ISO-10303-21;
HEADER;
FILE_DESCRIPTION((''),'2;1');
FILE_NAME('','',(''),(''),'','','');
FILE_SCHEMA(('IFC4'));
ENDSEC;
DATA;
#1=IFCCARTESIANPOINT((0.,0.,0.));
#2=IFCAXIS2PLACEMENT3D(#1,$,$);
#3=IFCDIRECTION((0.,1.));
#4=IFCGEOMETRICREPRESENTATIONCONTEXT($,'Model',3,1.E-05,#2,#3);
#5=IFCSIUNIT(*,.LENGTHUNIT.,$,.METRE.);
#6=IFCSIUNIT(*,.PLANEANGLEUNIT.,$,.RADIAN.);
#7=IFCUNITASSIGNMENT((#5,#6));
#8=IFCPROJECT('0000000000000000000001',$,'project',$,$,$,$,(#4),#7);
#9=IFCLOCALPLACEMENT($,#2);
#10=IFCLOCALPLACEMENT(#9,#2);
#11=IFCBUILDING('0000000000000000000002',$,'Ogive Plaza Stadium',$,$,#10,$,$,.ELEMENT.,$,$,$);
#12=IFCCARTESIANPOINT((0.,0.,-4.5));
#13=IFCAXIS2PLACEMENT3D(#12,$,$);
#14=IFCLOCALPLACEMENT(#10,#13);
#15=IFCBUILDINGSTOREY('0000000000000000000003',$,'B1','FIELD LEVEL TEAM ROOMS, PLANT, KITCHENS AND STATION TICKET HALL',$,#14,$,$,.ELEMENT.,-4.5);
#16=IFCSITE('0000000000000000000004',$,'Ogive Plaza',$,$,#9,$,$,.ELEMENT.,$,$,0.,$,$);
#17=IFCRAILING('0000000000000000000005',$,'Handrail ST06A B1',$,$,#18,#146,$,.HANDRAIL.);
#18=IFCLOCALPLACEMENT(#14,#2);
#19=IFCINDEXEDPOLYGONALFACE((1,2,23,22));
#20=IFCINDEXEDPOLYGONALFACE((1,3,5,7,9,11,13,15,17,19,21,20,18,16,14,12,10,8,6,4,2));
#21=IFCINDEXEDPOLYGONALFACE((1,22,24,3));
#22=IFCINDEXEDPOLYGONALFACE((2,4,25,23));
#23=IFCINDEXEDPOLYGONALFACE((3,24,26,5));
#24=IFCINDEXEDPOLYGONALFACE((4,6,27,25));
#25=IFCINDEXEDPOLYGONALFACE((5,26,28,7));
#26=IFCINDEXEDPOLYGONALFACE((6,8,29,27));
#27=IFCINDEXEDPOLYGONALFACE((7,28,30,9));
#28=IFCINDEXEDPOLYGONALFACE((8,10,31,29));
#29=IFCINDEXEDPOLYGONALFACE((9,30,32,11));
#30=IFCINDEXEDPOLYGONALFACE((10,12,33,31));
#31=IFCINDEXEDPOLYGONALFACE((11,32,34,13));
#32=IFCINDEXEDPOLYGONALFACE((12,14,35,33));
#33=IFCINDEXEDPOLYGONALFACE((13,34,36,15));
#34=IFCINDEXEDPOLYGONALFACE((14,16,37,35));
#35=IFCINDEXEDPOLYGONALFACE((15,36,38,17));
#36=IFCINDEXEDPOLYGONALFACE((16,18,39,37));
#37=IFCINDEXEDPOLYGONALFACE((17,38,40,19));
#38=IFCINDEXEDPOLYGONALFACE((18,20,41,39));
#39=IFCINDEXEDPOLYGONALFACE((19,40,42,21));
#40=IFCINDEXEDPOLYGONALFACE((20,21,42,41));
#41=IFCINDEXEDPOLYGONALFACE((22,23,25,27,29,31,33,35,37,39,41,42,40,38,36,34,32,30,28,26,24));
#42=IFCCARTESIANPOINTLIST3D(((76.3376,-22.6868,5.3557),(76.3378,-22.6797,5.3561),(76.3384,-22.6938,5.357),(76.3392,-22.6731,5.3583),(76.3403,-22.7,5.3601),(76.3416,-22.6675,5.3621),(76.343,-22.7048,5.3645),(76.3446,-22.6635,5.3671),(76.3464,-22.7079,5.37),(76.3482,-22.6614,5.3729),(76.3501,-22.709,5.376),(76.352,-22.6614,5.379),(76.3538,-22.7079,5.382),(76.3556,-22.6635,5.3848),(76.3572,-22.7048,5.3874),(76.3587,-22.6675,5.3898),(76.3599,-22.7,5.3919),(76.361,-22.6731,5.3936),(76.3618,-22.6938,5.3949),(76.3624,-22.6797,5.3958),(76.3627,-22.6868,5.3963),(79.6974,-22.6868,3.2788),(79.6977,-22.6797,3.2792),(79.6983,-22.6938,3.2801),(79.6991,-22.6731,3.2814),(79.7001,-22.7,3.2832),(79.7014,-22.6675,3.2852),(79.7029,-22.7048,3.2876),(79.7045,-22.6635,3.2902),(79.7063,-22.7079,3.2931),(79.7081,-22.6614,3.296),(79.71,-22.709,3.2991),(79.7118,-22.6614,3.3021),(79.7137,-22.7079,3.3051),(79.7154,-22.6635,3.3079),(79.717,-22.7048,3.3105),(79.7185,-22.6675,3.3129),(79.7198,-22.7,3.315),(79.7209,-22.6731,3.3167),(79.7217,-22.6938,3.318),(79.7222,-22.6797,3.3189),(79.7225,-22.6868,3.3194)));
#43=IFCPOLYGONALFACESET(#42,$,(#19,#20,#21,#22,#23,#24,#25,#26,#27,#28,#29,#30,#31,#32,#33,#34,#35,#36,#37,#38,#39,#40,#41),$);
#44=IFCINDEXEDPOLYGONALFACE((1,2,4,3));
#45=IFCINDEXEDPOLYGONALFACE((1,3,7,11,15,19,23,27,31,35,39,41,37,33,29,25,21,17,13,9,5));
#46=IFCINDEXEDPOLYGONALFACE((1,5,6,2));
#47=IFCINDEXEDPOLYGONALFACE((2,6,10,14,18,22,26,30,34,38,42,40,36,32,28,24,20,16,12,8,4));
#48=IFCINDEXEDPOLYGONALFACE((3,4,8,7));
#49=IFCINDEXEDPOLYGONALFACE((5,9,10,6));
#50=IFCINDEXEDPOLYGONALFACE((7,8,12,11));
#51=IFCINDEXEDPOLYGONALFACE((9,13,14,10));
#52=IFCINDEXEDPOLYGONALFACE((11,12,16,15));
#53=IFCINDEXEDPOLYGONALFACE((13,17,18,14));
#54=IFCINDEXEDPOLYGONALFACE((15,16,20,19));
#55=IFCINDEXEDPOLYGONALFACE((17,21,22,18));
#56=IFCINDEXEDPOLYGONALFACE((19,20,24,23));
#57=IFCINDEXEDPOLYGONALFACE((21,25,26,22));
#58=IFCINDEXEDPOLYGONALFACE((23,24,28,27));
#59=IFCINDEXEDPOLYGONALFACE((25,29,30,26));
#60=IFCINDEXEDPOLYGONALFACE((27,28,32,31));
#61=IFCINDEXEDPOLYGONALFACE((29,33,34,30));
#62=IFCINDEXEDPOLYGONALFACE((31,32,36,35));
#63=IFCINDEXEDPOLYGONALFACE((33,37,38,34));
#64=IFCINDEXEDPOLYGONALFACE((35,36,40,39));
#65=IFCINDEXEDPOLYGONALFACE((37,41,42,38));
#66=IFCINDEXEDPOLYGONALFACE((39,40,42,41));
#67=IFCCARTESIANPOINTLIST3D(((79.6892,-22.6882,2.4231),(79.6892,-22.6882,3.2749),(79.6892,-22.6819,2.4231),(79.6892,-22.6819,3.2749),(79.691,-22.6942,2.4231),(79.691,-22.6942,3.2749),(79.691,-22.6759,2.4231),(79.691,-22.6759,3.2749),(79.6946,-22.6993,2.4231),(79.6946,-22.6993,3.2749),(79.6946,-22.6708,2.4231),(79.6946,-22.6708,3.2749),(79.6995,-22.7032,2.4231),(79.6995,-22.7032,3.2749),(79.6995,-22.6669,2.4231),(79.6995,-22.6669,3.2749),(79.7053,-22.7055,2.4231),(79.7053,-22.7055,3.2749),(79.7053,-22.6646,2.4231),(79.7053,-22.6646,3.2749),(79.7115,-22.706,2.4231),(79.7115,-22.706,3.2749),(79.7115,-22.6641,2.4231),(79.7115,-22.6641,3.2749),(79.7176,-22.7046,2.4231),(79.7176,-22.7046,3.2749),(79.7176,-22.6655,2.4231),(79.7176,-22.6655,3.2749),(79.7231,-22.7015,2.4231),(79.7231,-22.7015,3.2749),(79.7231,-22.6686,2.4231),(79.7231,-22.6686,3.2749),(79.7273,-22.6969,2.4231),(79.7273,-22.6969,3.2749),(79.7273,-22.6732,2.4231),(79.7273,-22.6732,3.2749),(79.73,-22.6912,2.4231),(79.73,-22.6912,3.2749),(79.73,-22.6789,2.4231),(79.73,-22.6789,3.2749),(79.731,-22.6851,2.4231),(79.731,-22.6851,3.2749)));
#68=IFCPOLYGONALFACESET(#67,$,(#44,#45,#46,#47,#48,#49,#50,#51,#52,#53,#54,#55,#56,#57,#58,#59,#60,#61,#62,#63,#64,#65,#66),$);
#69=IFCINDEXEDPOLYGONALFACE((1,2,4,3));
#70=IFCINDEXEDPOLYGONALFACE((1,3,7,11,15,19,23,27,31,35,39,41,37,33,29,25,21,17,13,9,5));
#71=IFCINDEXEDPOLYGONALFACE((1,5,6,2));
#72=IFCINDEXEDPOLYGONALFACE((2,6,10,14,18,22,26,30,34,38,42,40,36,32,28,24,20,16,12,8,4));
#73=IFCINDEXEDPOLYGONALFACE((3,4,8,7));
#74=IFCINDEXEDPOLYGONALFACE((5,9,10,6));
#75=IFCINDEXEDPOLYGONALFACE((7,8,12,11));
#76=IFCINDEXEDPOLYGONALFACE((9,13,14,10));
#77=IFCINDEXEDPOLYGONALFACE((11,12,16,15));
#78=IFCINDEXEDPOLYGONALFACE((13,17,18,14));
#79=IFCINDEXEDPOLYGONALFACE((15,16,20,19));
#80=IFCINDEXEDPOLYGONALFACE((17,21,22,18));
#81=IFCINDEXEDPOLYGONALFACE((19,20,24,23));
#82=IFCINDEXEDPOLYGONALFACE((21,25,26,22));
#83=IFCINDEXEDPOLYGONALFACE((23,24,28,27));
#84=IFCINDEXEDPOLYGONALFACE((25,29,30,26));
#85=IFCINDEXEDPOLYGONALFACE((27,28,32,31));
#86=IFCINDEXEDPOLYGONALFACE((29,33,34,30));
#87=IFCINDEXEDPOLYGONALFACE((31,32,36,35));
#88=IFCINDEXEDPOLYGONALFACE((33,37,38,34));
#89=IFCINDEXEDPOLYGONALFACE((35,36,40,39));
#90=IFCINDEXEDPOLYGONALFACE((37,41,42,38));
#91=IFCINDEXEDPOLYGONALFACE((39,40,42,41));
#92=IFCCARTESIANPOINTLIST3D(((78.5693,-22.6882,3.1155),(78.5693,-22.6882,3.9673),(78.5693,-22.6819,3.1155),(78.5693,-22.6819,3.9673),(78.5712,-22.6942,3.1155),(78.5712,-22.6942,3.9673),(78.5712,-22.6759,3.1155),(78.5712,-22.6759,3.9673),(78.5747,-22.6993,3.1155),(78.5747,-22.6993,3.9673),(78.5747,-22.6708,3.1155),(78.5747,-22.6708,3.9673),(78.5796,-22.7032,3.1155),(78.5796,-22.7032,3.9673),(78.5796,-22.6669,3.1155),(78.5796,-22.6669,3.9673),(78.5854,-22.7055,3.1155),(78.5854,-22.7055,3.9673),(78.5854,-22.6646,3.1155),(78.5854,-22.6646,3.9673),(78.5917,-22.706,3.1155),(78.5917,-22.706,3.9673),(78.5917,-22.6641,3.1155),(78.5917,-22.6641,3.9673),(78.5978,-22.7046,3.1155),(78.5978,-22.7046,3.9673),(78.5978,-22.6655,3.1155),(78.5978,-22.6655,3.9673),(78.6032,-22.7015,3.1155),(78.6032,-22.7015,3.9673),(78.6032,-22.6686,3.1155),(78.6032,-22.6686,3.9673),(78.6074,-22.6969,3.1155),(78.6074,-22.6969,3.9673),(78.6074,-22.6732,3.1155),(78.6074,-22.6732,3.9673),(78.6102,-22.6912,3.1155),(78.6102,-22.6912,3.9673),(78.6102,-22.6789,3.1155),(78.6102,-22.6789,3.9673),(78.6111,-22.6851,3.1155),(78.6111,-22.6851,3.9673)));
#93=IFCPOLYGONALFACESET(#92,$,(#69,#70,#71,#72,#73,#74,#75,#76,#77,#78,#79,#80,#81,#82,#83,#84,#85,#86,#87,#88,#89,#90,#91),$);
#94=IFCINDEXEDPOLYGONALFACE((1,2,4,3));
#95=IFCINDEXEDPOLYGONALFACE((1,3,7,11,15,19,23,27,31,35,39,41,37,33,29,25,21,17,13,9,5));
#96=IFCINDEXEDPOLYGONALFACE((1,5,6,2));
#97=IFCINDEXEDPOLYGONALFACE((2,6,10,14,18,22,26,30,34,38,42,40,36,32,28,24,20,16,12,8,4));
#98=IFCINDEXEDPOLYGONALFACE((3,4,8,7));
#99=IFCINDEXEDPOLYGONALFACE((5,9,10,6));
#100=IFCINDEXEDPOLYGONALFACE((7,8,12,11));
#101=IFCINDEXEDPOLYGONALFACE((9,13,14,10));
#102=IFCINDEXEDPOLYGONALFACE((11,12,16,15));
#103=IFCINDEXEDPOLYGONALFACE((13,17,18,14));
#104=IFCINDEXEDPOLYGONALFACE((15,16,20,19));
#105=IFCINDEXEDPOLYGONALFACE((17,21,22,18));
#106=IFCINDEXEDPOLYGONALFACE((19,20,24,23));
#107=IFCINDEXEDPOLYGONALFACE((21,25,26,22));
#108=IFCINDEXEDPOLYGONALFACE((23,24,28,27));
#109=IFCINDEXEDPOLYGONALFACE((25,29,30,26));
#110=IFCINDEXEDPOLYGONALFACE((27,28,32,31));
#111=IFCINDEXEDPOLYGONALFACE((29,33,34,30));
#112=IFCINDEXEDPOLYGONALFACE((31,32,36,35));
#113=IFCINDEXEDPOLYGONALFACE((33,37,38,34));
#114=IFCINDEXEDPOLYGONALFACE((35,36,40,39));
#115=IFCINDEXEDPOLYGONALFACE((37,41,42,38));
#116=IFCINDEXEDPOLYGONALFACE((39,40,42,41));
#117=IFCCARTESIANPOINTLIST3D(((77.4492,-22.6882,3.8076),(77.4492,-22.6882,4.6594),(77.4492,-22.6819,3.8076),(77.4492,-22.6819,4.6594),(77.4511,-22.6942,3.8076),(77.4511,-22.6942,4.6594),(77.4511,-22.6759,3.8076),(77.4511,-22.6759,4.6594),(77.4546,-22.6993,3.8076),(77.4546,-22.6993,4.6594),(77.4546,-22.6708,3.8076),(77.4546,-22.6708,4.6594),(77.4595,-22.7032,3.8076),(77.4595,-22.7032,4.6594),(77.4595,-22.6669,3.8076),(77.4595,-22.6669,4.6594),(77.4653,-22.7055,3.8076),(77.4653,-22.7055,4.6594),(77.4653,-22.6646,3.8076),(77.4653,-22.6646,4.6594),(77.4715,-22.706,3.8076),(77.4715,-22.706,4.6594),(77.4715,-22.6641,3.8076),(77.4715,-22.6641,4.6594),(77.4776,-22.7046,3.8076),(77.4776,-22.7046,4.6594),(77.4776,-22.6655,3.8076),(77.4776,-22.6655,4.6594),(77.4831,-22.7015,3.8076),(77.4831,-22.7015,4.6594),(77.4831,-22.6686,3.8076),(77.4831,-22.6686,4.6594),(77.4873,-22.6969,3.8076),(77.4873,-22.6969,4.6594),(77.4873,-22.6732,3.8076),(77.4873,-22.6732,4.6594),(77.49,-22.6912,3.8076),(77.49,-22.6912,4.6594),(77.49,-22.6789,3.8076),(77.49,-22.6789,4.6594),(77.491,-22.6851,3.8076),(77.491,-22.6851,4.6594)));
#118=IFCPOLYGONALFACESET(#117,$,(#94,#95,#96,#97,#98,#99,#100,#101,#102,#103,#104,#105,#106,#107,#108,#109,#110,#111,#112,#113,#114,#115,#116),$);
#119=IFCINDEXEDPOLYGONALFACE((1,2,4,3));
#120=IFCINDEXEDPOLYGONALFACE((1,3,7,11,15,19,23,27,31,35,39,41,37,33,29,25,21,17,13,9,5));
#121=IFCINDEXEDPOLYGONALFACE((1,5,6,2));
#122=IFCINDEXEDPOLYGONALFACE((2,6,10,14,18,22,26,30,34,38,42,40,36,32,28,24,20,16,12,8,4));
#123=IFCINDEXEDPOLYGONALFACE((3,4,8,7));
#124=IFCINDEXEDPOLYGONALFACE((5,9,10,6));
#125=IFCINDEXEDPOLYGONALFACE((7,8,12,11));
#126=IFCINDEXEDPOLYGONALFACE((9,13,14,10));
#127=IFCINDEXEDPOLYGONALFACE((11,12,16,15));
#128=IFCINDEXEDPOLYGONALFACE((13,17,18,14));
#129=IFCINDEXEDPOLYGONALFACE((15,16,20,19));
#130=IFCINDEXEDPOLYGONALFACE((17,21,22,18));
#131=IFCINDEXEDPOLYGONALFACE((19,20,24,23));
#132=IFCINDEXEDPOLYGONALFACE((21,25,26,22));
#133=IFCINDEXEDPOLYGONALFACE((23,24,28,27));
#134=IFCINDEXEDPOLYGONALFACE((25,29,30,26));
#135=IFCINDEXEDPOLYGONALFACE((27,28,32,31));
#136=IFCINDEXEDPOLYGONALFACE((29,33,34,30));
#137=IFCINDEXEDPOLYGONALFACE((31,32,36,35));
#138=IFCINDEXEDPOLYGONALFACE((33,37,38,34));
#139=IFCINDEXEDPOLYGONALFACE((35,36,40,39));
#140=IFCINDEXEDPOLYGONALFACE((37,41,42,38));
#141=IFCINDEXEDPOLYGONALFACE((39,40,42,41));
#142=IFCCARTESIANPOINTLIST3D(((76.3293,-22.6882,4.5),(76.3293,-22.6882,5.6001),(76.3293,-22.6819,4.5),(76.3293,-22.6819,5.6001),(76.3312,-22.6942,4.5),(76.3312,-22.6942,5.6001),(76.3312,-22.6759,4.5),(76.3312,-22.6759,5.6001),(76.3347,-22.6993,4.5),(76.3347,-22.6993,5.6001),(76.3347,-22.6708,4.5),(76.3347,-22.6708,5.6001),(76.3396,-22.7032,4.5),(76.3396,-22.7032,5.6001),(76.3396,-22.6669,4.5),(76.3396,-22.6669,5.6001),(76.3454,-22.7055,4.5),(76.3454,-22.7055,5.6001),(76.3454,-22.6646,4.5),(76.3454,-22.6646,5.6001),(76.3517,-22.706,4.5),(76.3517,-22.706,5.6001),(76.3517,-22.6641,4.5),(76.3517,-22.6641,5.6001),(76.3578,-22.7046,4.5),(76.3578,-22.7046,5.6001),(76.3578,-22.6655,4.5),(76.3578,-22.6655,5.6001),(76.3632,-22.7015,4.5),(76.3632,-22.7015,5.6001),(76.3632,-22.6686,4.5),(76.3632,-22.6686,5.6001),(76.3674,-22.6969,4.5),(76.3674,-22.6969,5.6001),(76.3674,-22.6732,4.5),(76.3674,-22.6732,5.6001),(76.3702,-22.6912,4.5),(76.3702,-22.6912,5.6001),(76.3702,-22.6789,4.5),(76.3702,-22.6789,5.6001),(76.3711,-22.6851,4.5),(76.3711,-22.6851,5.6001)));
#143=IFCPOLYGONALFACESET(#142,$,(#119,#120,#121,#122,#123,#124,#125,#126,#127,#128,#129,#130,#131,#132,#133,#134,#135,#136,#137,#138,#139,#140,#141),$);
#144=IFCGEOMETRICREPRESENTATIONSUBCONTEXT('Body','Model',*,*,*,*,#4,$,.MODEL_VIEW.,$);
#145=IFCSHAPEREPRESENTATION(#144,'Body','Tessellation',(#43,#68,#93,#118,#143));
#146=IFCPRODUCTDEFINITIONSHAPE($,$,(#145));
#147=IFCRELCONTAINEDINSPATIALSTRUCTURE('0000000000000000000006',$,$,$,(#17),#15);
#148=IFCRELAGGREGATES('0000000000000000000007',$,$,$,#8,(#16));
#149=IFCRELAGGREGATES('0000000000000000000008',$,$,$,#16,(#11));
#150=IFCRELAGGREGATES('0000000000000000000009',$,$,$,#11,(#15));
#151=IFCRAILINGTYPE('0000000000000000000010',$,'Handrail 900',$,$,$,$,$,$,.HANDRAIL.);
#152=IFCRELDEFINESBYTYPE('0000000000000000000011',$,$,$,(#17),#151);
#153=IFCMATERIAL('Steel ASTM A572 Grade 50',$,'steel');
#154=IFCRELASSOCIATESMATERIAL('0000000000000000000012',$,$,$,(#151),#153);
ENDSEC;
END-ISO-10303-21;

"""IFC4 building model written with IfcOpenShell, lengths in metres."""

from ifc_helpers import new_model, si_unit, direction, frame, origin, origin_2d, place, context, subcontext, project, spatial, circle, extrude, material, type_object, element, save


model = new_model("IFC4")

# Units and contexts
model_context = context("Model", 3, precision=1e-05, world=origin(), true_north=direction((0.0, 1.0)))
body_context = subcontext(model_context, "Body", "Model", "MODEL_VIEW")
ifc_project = project(units=[si_unit("LENGTHUNIT", "METRE"), si_unit("PLANEANGLEUNIT", "RADIAN")], contexts=[model_context])

# Site, building, storey
site_placement = place(None, origin())
site = spatial("IfcSite", under=ifc_project, at=site_placement, Name="Ogive Plaza", CompositionType="ELEMENT", RefElevation=0.0)
building_placement = place(site_placement, origin())
building = spatial("IfcBuilding", under=site, at=building_placement, Name="Ogive Plaza Stadium", CompositionType="ELEMENT")
storey_placement = place(building_placement, frame((0.0, 0.0, -4.5)))
storey = spatial("IfcBuildingStorey", under=building, at=storey_placement, Name="B1", Description="FIELD LEVEL TEAM ROOMS, PLANT, KITCHENS AND STATION TICKET HALL", CompositionType="ELEMENT", Elevation=-4.5)

# Railing
ifc_material_1 = material(Name="Steel ASTM A572 Grade 50", Category="steel")
railing_type = type_object("IfcRailingType", Name="Handrail 900", PredefinedType="HANDRAIL", material=ifc_material_1)
for number, where, name in (
    (1, (79.71, -22.6851, 2.4231), "Handrail ST06A B1"),
):
    element("IfcRailing", number, at=place(storey_placement, frame(where)), inside=storey, type_object=railing_type, Name=name, PredefinedType="HANDRAIL", context=body_context, shape_type="SweptSolid", body=[
        extrude(circle(Radius=0.0239, at=origin_2d()), frame((0.0, 0.0, 0.876), z_axis=(-0.850606, 0.0, 0.525803), x_axis=(0.0, -1.0, 0.0)), (0.0, 0.0, 1.0), 3.95),
        extrude(circle(Radius=0.021, at=origin_2d()), origin(), (0.0, 0.0, 1.0), 0.8518),
        extrude(circle(Radius=0.021, at=origin_2d()), frame((-1.1199, 0.0, 0.6924)), (0.0, 0.0, 1.0), 0.8518),
        extrude(circle(Radius=0.021, at=origin_2d()), frame((-2.24, 0.0, 1.3845)), (0.0, 0.0, 1.0), 0.8518),
        extrude(circle(Radius=0.021, at=origin_2d()), frame((-3.3599, 0.0, 2.0769)), (0.0, 0.0, 1.0), 1.1001),
    ])

save(model, "model.ifc")
